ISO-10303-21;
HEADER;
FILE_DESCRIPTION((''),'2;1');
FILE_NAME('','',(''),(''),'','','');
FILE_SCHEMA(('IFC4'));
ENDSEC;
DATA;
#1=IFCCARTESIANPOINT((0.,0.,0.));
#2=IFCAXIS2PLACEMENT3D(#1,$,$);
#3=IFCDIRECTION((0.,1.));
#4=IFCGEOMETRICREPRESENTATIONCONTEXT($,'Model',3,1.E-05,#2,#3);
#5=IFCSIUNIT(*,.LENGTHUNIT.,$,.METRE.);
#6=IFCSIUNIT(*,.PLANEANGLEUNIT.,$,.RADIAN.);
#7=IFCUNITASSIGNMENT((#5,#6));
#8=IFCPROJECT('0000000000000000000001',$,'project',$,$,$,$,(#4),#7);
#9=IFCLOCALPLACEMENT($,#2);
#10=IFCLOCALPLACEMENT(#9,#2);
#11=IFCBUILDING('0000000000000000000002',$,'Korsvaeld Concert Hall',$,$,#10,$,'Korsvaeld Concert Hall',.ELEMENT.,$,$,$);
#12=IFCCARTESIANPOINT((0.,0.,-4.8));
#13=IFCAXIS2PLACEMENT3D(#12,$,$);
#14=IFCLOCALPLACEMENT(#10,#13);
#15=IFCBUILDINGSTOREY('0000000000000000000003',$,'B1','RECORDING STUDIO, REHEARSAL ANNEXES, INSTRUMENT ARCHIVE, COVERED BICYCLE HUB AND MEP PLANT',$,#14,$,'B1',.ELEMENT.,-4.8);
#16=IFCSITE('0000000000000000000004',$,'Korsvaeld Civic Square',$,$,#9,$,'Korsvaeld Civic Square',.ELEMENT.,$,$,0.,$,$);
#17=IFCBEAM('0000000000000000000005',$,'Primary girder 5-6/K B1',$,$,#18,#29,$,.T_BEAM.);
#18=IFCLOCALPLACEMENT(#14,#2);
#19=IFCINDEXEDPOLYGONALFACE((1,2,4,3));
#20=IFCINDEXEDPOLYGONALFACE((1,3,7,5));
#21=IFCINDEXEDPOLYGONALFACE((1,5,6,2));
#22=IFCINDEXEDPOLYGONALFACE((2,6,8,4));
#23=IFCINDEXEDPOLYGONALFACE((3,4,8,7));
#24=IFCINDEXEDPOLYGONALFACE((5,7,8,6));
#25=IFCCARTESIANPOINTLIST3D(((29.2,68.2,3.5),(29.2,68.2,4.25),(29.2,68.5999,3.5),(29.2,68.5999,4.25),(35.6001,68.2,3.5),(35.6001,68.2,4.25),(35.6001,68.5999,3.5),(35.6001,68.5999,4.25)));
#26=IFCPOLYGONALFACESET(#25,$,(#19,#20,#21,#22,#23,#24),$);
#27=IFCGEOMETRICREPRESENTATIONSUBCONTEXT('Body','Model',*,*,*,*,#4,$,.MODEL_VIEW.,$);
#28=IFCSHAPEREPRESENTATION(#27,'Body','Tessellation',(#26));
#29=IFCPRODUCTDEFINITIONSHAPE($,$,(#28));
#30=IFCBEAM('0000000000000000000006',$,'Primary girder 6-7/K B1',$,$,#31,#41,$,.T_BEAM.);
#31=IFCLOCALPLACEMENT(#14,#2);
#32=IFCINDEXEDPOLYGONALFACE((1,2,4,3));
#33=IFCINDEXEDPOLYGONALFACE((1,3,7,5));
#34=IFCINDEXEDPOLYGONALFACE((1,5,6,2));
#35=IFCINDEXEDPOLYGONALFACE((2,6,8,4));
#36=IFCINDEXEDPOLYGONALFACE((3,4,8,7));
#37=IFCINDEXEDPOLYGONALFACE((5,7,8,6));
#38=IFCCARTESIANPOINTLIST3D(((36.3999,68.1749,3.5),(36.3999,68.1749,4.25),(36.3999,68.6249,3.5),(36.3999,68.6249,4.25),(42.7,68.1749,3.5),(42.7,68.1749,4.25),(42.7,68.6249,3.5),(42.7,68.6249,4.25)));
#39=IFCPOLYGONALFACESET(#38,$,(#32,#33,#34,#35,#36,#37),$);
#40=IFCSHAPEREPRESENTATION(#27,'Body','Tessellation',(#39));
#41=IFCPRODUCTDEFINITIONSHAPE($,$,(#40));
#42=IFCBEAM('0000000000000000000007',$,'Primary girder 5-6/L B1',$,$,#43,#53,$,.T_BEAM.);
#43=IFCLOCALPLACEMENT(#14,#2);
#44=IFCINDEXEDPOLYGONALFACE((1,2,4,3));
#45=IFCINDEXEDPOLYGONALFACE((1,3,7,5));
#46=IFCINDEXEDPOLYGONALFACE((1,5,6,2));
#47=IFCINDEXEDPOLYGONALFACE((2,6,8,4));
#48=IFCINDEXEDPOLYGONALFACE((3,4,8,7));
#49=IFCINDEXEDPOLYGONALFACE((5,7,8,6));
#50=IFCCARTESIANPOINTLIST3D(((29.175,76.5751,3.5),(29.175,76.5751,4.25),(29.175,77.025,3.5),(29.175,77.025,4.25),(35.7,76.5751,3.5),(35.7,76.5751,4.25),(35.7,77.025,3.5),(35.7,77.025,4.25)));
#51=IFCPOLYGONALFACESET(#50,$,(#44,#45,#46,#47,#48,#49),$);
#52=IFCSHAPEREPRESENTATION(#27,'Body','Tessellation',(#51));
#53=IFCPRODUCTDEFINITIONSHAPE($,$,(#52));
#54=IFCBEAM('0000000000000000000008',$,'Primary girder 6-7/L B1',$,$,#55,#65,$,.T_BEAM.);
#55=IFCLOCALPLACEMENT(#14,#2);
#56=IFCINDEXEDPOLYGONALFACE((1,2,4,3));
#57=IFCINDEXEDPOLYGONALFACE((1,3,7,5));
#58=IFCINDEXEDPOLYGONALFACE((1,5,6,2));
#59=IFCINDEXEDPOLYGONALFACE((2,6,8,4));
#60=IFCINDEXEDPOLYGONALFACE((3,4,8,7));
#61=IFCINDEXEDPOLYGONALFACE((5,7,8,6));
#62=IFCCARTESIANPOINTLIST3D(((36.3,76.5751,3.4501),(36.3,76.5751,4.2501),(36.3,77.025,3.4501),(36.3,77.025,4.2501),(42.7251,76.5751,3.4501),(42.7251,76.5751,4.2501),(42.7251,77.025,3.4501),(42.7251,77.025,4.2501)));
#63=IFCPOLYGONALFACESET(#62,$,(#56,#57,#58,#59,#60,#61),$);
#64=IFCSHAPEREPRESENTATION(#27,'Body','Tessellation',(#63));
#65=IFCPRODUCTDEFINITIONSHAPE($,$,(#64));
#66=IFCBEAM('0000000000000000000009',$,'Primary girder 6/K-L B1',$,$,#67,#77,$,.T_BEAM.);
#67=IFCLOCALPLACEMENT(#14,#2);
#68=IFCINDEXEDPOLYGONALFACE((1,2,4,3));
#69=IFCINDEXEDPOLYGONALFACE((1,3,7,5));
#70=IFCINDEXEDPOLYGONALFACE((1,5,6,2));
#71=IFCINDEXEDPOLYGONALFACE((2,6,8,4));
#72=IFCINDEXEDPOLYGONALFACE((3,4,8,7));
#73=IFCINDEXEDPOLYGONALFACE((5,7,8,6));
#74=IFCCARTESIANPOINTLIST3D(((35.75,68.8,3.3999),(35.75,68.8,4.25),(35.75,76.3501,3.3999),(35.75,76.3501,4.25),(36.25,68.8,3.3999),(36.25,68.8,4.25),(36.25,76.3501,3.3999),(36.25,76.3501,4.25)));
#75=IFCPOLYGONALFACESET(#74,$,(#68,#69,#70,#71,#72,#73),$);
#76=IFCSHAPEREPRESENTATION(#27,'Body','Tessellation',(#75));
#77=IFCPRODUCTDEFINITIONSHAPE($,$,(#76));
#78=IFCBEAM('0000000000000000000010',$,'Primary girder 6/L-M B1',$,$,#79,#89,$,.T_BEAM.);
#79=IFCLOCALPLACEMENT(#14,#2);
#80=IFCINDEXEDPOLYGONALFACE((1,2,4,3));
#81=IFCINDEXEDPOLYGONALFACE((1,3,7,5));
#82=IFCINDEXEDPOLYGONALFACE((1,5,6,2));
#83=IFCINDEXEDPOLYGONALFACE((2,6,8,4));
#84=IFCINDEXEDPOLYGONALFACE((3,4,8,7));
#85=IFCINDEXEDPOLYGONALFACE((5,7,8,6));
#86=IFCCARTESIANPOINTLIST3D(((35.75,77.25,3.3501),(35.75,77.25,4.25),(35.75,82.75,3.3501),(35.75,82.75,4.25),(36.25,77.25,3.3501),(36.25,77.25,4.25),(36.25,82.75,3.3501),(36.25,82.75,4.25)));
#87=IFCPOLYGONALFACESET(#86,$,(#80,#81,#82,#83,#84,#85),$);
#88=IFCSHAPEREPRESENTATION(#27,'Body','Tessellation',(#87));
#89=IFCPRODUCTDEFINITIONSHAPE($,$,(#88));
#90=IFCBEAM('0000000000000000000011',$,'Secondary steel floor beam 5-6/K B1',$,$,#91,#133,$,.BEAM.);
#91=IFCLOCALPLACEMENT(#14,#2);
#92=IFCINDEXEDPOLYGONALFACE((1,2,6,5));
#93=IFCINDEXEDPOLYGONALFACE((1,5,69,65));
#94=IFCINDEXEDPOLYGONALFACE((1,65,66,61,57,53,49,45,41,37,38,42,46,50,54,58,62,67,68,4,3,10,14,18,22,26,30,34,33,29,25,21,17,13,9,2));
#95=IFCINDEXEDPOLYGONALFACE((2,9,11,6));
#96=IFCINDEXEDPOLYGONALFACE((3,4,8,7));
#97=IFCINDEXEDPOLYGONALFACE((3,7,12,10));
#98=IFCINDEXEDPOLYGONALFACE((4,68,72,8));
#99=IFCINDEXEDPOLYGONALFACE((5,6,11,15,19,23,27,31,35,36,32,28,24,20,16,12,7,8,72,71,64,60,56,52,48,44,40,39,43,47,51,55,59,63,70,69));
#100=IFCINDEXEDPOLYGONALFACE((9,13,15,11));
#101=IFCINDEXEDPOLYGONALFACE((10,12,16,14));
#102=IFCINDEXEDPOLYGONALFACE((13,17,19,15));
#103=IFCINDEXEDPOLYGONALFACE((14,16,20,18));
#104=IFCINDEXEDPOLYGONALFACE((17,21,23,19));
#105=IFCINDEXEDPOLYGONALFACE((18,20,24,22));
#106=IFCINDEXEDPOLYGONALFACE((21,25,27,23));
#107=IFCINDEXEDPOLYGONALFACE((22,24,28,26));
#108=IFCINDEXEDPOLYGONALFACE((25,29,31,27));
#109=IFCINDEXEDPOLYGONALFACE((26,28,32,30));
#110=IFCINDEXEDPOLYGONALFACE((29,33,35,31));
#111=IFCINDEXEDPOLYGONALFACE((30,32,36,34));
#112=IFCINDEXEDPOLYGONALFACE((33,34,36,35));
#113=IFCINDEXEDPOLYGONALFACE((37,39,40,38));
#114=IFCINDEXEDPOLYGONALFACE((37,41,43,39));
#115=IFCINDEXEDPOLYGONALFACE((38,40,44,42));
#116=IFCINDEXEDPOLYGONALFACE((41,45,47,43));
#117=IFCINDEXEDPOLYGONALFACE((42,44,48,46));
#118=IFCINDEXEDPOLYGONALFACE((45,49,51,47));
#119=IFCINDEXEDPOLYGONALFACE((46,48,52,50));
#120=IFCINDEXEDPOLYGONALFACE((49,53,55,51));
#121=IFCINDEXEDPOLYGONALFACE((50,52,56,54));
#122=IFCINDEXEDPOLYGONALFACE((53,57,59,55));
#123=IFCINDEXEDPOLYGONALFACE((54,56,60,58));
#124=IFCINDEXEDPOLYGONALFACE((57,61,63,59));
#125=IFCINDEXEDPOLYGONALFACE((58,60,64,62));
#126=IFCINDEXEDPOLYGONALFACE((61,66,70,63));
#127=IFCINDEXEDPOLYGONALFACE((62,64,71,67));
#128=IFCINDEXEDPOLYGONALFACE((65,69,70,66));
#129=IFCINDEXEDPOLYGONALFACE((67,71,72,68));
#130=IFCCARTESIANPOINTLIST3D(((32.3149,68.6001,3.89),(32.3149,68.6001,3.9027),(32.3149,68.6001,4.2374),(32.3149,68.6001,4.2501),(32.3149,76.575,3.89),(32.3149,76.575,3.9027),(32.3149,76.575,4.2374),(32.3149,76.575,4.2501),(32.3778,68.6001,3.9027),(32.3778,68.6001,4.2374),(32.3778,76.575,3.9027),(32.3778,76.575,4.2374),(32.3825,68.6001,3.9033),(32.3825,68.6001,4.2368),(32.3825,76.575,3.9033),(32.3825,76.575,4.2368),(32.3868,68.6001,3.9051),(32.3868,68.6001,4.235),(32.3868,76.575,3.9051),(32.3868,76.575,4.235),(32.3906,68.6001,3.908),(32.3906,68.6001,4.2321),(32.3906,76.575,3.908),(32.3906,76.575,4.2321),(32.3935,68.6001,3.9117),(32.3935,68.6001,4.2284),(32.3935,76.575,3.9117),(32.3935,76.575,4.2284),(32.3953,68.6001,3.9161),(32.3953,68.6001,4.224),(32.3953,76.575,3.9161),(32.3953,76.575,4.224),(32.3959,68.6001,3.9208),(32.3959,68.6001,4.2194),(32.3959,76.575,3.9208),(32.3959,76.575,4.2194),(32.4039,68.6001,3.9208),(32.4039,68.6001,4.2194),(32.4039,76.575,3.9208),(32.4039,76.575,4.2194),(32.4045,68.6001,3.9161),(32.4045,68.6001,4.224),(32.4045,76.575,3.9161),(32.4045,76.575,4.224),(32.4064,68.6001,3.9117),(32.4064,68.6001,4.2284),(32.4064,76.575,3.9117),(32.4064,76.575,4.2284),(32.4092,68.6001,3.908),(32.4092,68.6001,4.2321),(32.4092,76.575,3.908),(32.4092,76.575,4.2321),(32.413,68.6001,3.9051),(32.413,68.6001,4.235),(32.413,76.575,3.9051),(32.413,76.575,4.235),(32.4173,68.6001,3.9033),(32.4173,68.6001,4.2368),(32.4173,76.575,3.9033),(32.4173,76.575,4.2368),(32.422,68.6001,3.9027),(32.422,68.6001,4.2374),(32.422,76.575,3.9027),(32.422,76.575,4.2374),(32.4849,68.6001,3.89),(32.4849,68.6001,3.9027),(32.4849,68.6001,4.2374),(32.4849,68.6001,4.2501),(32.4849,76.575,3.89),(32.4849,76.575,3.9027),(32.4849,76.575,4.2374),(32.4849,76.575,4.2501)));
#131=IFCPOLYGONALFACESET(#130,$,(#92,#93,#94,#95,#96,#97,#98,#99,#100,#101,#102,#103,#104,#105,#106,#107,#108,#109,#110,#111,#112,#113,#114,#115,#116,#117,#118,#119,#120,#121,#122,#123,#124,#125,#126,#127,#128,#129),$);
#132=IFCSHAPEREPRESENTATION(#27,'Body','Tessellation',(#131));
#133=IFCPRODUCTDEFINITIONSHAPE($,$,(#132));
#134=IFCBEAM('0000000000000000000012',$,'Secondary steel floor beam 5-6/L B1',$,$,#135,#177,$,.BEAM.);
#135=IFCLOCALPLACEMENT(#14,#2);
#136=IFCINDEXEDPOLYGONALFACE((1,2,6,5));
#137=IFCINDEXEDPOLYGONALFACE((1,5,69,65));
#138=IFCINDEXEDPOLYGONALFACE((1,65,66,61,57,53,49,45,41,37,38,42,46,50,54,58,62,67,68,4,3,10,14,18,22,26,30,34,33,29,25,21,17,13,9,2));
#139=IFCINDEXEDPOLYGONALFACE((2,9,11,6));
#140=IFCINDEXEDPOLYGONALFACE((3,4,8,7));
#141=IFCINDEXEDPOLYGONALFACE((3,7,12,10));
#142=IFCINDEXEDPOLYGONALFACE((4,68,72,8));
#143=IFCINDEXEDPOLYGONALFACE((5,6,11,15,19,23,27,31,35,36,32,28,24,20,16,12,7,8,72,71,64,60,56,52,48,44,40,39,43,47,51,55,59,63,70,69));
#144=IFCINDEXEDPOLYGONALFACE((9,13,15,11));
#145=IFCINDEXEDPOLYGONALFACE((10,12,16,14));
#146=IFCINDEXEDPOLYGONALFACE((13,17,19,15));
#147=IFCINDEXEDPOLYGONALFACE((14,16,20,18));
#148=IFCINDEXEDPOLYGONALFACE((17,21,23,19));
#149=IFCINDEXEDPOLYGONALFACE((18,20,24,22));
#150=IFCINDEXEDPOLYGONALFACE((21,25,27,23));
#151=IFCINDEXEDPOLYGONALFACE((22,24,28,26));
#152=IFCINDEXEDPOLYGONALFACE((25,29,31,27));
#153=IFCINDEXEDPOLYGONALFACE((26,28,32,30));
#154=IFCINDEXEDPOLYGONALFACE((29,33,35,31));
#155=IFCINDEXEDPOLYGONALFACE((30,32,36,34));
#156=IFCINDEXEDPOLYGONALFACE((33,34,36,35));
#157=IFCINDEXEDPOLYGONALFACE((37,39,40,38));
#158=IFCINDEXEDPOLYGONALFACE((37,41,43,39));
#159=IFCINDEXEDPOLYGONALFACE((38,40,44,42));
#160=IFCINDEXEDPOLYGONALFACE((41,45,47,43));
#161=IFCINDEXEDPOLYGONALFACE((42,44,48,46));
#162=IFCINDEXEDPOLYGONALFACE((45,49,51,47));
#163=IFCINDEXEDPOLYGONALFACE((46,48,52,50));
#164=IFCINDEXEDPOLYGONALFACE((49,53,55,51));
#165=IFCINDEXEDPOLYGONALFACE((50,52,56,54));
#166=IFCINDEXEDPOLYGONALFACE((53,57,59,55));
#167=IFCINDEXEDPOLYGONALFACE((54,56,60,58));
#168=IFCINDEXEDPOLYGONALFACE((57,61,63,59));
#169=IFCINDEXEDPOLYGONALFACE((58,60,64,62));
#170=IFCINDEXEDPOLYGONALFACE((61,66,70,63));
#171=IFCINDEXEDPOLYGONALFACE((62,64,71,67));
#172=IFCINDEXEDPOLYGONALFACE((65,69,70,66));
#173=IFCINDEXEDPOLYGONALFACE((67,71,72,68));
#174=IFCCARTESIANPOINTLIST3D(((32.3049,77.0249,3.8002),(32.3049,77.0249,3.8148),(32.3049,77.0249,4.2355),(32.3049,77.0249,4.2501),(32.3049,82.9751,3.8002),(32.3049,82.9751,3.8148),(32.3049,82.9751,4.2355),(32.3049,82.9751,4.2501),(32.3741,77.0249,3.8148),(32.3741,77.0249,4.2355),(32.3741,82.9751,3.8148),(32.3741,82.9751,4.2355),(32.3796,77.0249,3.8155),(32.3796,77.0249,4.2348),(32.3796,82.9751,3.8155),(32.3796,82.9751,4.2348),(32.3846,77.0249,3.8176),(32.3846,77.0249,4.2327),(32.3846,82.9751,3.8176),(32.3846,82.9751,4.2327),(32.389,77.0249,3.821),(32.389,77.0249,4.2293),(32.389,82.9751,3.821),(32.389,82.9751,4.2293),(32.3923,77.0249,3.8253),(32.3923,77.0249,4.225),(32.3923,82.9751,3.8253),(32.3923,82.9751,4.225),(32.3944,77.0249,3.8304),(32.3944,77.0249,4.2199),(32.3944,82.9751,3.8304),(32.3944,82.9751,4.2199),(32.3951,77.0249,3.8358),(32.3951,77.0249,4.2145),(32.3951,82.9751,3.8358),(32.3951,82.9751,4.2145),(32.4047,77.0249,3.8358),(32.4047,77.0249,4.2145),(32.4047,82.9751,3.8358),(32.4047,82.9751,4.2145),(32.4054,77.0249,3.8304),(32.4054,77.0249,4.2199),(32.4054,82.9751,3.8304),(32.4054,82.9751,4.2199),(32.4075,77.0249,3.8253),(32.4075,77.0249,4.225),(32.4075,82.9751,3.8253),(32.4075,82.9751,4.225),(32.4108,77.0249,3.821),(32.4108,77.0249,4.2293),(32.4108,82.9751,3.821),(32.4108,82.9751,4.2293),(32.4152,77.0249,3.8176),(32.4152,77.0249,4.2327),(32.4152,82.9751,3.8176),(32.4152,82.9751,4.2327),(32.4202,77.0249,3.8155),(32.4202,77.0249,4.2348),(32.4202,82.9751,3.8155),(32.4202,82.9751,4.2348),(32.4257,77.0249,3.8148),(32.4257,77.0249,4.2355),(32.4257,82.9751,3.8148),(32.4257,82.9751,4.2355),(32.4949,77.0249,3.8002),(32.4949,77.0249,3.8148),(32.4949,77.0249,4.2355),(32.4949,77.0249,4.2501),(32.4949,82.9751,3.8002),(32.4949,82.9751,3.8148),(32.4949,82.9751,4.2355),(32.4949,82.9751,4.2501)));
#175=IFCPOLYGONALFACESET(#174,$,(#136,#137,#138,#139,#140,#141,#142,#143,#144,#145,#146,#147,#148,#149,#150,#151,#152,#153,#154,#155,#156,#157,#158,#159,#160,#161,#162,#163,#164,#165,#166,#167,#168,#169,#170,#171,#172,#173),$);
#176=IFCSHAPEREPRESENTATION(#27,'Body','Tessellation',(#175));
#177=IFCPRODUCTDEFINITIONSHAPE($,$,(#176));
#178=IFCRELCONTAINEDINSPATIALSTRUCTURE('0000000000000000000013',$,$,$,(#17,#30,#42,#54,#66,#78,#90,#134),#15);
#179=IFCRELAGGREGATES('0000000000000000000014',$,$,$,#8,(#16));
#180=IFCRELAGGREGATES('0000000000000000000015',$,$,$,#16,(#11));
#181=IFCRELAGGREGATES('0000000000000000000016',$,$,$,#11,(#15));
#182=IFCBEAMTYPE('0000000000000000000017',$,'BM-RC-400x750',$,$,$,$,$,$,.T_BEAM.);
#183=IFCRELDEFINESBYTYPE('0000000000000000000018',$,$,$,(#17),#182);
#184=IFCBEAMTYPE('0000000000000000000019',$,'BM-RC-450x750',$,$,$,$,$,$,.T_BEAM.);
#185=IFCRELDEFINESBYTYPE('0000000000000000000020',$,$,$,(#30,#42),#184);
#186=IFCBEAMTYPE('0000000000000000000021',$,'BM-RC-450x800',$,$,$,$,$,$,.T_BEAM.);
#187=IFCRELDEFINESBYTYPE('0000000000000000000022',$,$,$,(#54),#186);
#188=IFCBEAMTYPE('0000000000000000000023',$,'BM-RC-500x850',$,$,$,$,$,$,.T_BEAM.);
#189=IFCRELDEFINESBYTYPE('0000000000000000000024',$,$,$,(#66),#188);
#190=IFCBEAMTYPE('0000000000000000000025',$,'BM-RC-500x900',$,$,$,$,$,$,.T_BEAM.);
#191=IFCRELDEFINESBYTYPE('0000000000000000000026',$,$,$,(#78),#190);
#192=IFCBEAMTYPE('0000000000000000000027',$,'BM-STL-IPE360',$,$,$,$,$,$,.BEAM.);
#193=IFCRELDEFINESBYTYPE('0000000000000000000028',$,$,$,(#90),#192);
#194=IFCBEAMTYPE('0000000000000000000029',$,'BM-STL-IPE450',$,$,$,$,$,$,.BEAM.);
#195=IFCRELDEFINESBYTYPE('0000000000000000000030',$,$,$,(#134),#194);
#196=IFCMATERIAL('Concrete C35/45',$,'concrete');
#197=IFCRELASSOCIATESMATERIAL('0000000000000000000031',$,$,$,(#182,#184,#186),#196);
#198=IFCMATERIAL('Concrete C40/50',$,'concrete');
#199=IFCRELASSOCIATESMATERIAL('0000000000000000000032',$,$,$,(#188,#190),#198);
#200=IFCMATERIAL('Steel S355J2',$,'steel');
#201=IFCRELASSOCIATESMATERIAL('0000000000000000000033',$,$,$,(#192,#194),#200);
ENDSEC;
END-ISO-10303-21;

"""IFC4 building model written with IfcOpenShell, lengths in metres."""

from ifc_helpers import new_model, si_unit, direction, frame, origin, origin_2d, place, context, subcontext, project, spatial, rectangle, i_section, extrude, material, material_profile, profile_set, type_object, element, save


model = new_model("IFC4")

# Units and contexts
model_context = context("Model", 3, precision=1e-05, world=origin(), true_north=direction((0.0, 1.0)))
body_context = subcontext(model_context, "Body", "Model", "MODEL_VIEW")
ifc_project = project(units=[si_unit("LENGTHUNIT", "METRE"), si_unit("PLANEANGLEUNIT", "RADIAN")], contexts=[model_context])

# Site, building, storey
site_placement = place(None, origin())
site = spatial("IfcSite", under=ifc_project, at=site_placement, Name="Korsvaeld Civic Square", LongName="Korsvaeld Civic Square", CompositionType="ELEMENT", RefElevation=0.0)
building_placement = place(site_placement, origin())
building = spatial("IfcBuilding", under=site, at=building_placement, Name="Korsvaeld Concert Hall", LongName="Korsvaeld Concert Hall", CompositionType="ELEMENT")
storey_placement = place(building_placement, frame((0.0, 0.0, -4.8)))
storey = spatial("IfcBuildingStorey", under=building, at=storey_placement, Name="B1", Description="RECORDING STUDIO, REHEARSAL ANNEXES, INSTRUMENT ARCHIVE, COVERED BICYCLE HUB AND MEP PLANT", LongName="B1", CompositionType="ELEMENT", Elevation=-4.8)

# Shared definitions
ifc_material_1 = material(Name="Concrete C35/45", Category="concrete")

# Shared definitions
ifc_material_2 = material(Name="Concrete C40/50", Category="concrete")

# Beams
ifc_material_profile_1 = material_profile(ifc_material_1, rectangle(XDim=0.3999, YDim=0.75, at=origin_2d()), Name="RC 400x750")
ifc_profile_set_1 = profile_set([ifc_material_profile_1], Name="Concrete C35/45")
beam_type_1 = type_object("IfcBeamType", Name="BM-RC-400x750", PredefinedType="T_BEAM", material=ifc_profile_set_1)
beam_1_placement = place(storey_placement, frame((29.2, 68.3999, 3.875), z_axis=(1.0, 0.0, 0.0), x_axis=(0.0, 1.0, 0.0)))
element("IfcBeam", 1, at=beam_1_placement, inside=storey, type_object=beam_type_1, Name="Primary girder 5-6/K B1", PredefinedType="T_BEAM", context=body_context, shape_type="SweptSolid", body=[
    extrude(rectangle(XDim=0.3999, YDim=0.75, at=origin_2d()), origin(), (0.0, 0.0, 1.0), 6.4001),
])
ifc_material_profile_2 = material_profile(ifc_material_1, rectangle(XDim=0.45, YDim=0.75, at=origin_2d()), Name="RC 450x750")
ifc_profile_set_2 = profile_set([ifc_material_profile_2], Name="Concrete C35/45")
beam_type_2 = type_object("IfcBeamType", Name="BM-RC-450x750", PredefinedType="T_BEAM", material=ifc_profile_set_2)
beam_2_placement = place(storey_placement, frame((36.3999, 68.3999, 3.875), z_axis=(1.0, 0.0, 0.0), x_axis=(0.0, 1.0, 0.0)))
element("IfcBeam", 2, at=beam_2_placement, inside=storey, type_object=beam_type_2, Name="Primary girder 6-7/K B1", PredefinedType="T_BEAM", context=body_context, shape_type="SweptSolid", body=[
    extrude(rectangle(XDim=0.45, YDim=0.75, at=origin_2d()), origin(), (0.0, 0.0, 1.0), 6.3),
])
beam_3_placement = place(storey_placement, frame((29.175, 76.8, 3.875), z_axis=(1.0, 0.0, 0.0), x_axis=(0.0, 1.0, 0.0)))
element("IfcBeam", 3, at=beam_3_placement, inside=storey, type_object=beam_type_2, Name="Primary girder 5-6/L B1", PredefinedType="T_BEAM", context=body_context, shape_type="SweptSolid", body=[
    extrude(rectangle(XDim=0.45, YDim=0.75, at=origin_2d()), origin(), (0.0, 0.0, 1.0), 6.5249),
])
ifc_material_profile_3 = material_profile(ifc_material_1, rectangle(XDim=0.45, YDim=0.8, at=origin_2d()), Name="RC 450x800")
ifc_profile_set_3 = profile_set([ifc_material_profile_3], Name="Concrete C35/45")
beam_type_3 = type_object("IfcBeamType", Name="BM-RC-450x800", PredefinedType="T_BEAM", material=ifc_profile_set_3)
beam_4_placement = place(storey_placement, frame((36.3, 76.8, 3.8501), z_axis=(1.0, 0.0, 0.0), x_axis=(0.0, 1.0, 0.0)))
element("IfcBeam", 4, at=beam_4_placement, inside=storey, type_object=beam_type_3, Name="Primary girder 6-7/L B1", PredefinedType="T_BEAM", context=body_context, shape_type="SweptSolid", body=[
    extrude(rectangle(XDim=0.45, YDim=0.8, at=origin_2d()), origin(), (0.0, 0.0, 1.0), 6.425),
])
ifc_material_profile_4 = material_profile(ifc_material_2, rectangle(XDim=0.5, YDim=0.8501, at=origin_2d()), Name="RC 500x850")
ifc_profile_set_4 = profile_set([ifc_material_profile_4], Name="Concrete C40/50")
beam_type_4 = type_object("IfcBeamType", Name="BM-RC-500x850", PredefinedType="T_BEAM", material=ifc_profile_set_4)
beam_5_placement = place(storey_placement, frame((36.0, 68.8, 3.825), z_axis=(0.0, 1.0, 0.0), x_axis=(-1.0, 0.0, 0.0)))
element("IfcBeam", 5, at=beam_5_placement, inside=storey, type_object=beam_type_4, Name="Primary girder 6/K-L B1", PredefinedType="T_BEAM", context=body_context, shape_type="SweptSolid", body=[
    extrude(rectangle(XDim=0.5, YDim=0.8501, at=origin_2d()), origin(), (0.0, 0.0, 1.0), 7.55),
])
ifc_material_profile_5 = material_profile(ifc_material_2, rectangle(XDim=0.5, YDim=0.8999, at=origin_2d()), Name="RC 500x900")
ifc_profile_set_5 = profile_set([ifc_material_profile_5], Name="Concrete C40/50")
beam_type_5 = type_object("IfcBeamType", Name="BM-RC-500x900", PredefinedType="T_BEAM", material=ifc_profile_set_5)
beam_6_placement = place(storey_placement, frame((36.0, 77.25, 3.8), z_axis=(0.0, 1.0, 0.0), x_axis=(-1.0, 0.0, 0.0)))
element("IfcBeam", 6, at=beam_6_placement, inside=storey, type_object=beam_type_5, Name="Primary girder 6/L-M B1", PredefinedType="T_BEAM", context=body_context, shape_type="SweptSolid", body=[
    extrude(rectangle(XDim=0.5, YDim=0.8999, at=origin_2d()), origin(), (0.0, 0.0, 1.0), 5.5),
])
ifc_material_3 = material(Name="Steel S355J2", Category="steel")
ifc_material_profile_6 = material_profile(ifc_material_3, i_section(OverallWidth=0.1699, OverallDepth=0.3601, WebThickness=0.0081, FlangeThickness=0.0127, FilletRadius=0.0181, at=origin_2d()), Name="IPE 360")
ifc_profile_set_6 = profile_set([ifc_material_profile_6], Name="Steel S355J2")
beam_type_6 = type_object("IfcBeamType", Name="BM-STL-IPE360", PredefinedType="BEAM", material=ifc_profile_set_6)
beam_7_placement = place(storey_placement, frame((32.3999, 68.6001, 4.0701), z_axis=(0.0, 1.0, 0.0), x_axis=(-1.0, 0.0, 0.0)))
element("IfcBeam", 7, at=beam_7_placement, inside=storey, type_object=beam_type_6, Name="Secondary steel floor beam 5-6/K B1", PredefinedType="BEAM", context=body_context, shape_type="SweptSolid", body=[
    extrude(i_section(OverallWidth=0.1699, OverallDepth=0.3601, WebThickness=0.0081, FlangeThickness=0.0127, FilletRadius=0.0181, at=origin_2d()), origin(), (0.0, 0.0, 1.0), 7.9749),
])
ifc_material_profile_7 = material_profile(ifc_material_3, i_section(OverallWidth=0.1899, OverallDepth=0.45, WebThickness=0.0095, FlangeThickness=0.0146, FilletRadius=0.021, at=origin_2d()), Name="IPE 450")
ifc_profile_set_7 = profile_set([ifc_material_profile_7], Name="Steel S355J2")
beam_type_7 = type_object("IfcBeamType", Name="BM-STL-IPE450", PredefinedType="BEAM", material=ifc_profile_set_7)
beam_8_placement = place(storey_placement, frame((32.3999, 77.0249, 4.0251), z_axis=(0.0, 1.0, 0.0), x_axis=(-1.0, 0.0, 0.0)))
element("IfcBeam", 8, at=beam_8_placement, inside=storey, type_object=beam_type_7, Name="Secondary steel floor beam 5-6/L B1", PredefinedType="BEAM", context=body_context, shape_type="SweptSolid", body=[
    extrude(i_section(OverallWidth=0.1899, OverallDepth=0.45, WebThickness=0.0095, FlangeThickness=0.0146, FilletRadius=0.021, at=origin_2d()), origin(), (0.0, 0.0, 1.0), 5.9502),
])

save(model, "model.ifc")
